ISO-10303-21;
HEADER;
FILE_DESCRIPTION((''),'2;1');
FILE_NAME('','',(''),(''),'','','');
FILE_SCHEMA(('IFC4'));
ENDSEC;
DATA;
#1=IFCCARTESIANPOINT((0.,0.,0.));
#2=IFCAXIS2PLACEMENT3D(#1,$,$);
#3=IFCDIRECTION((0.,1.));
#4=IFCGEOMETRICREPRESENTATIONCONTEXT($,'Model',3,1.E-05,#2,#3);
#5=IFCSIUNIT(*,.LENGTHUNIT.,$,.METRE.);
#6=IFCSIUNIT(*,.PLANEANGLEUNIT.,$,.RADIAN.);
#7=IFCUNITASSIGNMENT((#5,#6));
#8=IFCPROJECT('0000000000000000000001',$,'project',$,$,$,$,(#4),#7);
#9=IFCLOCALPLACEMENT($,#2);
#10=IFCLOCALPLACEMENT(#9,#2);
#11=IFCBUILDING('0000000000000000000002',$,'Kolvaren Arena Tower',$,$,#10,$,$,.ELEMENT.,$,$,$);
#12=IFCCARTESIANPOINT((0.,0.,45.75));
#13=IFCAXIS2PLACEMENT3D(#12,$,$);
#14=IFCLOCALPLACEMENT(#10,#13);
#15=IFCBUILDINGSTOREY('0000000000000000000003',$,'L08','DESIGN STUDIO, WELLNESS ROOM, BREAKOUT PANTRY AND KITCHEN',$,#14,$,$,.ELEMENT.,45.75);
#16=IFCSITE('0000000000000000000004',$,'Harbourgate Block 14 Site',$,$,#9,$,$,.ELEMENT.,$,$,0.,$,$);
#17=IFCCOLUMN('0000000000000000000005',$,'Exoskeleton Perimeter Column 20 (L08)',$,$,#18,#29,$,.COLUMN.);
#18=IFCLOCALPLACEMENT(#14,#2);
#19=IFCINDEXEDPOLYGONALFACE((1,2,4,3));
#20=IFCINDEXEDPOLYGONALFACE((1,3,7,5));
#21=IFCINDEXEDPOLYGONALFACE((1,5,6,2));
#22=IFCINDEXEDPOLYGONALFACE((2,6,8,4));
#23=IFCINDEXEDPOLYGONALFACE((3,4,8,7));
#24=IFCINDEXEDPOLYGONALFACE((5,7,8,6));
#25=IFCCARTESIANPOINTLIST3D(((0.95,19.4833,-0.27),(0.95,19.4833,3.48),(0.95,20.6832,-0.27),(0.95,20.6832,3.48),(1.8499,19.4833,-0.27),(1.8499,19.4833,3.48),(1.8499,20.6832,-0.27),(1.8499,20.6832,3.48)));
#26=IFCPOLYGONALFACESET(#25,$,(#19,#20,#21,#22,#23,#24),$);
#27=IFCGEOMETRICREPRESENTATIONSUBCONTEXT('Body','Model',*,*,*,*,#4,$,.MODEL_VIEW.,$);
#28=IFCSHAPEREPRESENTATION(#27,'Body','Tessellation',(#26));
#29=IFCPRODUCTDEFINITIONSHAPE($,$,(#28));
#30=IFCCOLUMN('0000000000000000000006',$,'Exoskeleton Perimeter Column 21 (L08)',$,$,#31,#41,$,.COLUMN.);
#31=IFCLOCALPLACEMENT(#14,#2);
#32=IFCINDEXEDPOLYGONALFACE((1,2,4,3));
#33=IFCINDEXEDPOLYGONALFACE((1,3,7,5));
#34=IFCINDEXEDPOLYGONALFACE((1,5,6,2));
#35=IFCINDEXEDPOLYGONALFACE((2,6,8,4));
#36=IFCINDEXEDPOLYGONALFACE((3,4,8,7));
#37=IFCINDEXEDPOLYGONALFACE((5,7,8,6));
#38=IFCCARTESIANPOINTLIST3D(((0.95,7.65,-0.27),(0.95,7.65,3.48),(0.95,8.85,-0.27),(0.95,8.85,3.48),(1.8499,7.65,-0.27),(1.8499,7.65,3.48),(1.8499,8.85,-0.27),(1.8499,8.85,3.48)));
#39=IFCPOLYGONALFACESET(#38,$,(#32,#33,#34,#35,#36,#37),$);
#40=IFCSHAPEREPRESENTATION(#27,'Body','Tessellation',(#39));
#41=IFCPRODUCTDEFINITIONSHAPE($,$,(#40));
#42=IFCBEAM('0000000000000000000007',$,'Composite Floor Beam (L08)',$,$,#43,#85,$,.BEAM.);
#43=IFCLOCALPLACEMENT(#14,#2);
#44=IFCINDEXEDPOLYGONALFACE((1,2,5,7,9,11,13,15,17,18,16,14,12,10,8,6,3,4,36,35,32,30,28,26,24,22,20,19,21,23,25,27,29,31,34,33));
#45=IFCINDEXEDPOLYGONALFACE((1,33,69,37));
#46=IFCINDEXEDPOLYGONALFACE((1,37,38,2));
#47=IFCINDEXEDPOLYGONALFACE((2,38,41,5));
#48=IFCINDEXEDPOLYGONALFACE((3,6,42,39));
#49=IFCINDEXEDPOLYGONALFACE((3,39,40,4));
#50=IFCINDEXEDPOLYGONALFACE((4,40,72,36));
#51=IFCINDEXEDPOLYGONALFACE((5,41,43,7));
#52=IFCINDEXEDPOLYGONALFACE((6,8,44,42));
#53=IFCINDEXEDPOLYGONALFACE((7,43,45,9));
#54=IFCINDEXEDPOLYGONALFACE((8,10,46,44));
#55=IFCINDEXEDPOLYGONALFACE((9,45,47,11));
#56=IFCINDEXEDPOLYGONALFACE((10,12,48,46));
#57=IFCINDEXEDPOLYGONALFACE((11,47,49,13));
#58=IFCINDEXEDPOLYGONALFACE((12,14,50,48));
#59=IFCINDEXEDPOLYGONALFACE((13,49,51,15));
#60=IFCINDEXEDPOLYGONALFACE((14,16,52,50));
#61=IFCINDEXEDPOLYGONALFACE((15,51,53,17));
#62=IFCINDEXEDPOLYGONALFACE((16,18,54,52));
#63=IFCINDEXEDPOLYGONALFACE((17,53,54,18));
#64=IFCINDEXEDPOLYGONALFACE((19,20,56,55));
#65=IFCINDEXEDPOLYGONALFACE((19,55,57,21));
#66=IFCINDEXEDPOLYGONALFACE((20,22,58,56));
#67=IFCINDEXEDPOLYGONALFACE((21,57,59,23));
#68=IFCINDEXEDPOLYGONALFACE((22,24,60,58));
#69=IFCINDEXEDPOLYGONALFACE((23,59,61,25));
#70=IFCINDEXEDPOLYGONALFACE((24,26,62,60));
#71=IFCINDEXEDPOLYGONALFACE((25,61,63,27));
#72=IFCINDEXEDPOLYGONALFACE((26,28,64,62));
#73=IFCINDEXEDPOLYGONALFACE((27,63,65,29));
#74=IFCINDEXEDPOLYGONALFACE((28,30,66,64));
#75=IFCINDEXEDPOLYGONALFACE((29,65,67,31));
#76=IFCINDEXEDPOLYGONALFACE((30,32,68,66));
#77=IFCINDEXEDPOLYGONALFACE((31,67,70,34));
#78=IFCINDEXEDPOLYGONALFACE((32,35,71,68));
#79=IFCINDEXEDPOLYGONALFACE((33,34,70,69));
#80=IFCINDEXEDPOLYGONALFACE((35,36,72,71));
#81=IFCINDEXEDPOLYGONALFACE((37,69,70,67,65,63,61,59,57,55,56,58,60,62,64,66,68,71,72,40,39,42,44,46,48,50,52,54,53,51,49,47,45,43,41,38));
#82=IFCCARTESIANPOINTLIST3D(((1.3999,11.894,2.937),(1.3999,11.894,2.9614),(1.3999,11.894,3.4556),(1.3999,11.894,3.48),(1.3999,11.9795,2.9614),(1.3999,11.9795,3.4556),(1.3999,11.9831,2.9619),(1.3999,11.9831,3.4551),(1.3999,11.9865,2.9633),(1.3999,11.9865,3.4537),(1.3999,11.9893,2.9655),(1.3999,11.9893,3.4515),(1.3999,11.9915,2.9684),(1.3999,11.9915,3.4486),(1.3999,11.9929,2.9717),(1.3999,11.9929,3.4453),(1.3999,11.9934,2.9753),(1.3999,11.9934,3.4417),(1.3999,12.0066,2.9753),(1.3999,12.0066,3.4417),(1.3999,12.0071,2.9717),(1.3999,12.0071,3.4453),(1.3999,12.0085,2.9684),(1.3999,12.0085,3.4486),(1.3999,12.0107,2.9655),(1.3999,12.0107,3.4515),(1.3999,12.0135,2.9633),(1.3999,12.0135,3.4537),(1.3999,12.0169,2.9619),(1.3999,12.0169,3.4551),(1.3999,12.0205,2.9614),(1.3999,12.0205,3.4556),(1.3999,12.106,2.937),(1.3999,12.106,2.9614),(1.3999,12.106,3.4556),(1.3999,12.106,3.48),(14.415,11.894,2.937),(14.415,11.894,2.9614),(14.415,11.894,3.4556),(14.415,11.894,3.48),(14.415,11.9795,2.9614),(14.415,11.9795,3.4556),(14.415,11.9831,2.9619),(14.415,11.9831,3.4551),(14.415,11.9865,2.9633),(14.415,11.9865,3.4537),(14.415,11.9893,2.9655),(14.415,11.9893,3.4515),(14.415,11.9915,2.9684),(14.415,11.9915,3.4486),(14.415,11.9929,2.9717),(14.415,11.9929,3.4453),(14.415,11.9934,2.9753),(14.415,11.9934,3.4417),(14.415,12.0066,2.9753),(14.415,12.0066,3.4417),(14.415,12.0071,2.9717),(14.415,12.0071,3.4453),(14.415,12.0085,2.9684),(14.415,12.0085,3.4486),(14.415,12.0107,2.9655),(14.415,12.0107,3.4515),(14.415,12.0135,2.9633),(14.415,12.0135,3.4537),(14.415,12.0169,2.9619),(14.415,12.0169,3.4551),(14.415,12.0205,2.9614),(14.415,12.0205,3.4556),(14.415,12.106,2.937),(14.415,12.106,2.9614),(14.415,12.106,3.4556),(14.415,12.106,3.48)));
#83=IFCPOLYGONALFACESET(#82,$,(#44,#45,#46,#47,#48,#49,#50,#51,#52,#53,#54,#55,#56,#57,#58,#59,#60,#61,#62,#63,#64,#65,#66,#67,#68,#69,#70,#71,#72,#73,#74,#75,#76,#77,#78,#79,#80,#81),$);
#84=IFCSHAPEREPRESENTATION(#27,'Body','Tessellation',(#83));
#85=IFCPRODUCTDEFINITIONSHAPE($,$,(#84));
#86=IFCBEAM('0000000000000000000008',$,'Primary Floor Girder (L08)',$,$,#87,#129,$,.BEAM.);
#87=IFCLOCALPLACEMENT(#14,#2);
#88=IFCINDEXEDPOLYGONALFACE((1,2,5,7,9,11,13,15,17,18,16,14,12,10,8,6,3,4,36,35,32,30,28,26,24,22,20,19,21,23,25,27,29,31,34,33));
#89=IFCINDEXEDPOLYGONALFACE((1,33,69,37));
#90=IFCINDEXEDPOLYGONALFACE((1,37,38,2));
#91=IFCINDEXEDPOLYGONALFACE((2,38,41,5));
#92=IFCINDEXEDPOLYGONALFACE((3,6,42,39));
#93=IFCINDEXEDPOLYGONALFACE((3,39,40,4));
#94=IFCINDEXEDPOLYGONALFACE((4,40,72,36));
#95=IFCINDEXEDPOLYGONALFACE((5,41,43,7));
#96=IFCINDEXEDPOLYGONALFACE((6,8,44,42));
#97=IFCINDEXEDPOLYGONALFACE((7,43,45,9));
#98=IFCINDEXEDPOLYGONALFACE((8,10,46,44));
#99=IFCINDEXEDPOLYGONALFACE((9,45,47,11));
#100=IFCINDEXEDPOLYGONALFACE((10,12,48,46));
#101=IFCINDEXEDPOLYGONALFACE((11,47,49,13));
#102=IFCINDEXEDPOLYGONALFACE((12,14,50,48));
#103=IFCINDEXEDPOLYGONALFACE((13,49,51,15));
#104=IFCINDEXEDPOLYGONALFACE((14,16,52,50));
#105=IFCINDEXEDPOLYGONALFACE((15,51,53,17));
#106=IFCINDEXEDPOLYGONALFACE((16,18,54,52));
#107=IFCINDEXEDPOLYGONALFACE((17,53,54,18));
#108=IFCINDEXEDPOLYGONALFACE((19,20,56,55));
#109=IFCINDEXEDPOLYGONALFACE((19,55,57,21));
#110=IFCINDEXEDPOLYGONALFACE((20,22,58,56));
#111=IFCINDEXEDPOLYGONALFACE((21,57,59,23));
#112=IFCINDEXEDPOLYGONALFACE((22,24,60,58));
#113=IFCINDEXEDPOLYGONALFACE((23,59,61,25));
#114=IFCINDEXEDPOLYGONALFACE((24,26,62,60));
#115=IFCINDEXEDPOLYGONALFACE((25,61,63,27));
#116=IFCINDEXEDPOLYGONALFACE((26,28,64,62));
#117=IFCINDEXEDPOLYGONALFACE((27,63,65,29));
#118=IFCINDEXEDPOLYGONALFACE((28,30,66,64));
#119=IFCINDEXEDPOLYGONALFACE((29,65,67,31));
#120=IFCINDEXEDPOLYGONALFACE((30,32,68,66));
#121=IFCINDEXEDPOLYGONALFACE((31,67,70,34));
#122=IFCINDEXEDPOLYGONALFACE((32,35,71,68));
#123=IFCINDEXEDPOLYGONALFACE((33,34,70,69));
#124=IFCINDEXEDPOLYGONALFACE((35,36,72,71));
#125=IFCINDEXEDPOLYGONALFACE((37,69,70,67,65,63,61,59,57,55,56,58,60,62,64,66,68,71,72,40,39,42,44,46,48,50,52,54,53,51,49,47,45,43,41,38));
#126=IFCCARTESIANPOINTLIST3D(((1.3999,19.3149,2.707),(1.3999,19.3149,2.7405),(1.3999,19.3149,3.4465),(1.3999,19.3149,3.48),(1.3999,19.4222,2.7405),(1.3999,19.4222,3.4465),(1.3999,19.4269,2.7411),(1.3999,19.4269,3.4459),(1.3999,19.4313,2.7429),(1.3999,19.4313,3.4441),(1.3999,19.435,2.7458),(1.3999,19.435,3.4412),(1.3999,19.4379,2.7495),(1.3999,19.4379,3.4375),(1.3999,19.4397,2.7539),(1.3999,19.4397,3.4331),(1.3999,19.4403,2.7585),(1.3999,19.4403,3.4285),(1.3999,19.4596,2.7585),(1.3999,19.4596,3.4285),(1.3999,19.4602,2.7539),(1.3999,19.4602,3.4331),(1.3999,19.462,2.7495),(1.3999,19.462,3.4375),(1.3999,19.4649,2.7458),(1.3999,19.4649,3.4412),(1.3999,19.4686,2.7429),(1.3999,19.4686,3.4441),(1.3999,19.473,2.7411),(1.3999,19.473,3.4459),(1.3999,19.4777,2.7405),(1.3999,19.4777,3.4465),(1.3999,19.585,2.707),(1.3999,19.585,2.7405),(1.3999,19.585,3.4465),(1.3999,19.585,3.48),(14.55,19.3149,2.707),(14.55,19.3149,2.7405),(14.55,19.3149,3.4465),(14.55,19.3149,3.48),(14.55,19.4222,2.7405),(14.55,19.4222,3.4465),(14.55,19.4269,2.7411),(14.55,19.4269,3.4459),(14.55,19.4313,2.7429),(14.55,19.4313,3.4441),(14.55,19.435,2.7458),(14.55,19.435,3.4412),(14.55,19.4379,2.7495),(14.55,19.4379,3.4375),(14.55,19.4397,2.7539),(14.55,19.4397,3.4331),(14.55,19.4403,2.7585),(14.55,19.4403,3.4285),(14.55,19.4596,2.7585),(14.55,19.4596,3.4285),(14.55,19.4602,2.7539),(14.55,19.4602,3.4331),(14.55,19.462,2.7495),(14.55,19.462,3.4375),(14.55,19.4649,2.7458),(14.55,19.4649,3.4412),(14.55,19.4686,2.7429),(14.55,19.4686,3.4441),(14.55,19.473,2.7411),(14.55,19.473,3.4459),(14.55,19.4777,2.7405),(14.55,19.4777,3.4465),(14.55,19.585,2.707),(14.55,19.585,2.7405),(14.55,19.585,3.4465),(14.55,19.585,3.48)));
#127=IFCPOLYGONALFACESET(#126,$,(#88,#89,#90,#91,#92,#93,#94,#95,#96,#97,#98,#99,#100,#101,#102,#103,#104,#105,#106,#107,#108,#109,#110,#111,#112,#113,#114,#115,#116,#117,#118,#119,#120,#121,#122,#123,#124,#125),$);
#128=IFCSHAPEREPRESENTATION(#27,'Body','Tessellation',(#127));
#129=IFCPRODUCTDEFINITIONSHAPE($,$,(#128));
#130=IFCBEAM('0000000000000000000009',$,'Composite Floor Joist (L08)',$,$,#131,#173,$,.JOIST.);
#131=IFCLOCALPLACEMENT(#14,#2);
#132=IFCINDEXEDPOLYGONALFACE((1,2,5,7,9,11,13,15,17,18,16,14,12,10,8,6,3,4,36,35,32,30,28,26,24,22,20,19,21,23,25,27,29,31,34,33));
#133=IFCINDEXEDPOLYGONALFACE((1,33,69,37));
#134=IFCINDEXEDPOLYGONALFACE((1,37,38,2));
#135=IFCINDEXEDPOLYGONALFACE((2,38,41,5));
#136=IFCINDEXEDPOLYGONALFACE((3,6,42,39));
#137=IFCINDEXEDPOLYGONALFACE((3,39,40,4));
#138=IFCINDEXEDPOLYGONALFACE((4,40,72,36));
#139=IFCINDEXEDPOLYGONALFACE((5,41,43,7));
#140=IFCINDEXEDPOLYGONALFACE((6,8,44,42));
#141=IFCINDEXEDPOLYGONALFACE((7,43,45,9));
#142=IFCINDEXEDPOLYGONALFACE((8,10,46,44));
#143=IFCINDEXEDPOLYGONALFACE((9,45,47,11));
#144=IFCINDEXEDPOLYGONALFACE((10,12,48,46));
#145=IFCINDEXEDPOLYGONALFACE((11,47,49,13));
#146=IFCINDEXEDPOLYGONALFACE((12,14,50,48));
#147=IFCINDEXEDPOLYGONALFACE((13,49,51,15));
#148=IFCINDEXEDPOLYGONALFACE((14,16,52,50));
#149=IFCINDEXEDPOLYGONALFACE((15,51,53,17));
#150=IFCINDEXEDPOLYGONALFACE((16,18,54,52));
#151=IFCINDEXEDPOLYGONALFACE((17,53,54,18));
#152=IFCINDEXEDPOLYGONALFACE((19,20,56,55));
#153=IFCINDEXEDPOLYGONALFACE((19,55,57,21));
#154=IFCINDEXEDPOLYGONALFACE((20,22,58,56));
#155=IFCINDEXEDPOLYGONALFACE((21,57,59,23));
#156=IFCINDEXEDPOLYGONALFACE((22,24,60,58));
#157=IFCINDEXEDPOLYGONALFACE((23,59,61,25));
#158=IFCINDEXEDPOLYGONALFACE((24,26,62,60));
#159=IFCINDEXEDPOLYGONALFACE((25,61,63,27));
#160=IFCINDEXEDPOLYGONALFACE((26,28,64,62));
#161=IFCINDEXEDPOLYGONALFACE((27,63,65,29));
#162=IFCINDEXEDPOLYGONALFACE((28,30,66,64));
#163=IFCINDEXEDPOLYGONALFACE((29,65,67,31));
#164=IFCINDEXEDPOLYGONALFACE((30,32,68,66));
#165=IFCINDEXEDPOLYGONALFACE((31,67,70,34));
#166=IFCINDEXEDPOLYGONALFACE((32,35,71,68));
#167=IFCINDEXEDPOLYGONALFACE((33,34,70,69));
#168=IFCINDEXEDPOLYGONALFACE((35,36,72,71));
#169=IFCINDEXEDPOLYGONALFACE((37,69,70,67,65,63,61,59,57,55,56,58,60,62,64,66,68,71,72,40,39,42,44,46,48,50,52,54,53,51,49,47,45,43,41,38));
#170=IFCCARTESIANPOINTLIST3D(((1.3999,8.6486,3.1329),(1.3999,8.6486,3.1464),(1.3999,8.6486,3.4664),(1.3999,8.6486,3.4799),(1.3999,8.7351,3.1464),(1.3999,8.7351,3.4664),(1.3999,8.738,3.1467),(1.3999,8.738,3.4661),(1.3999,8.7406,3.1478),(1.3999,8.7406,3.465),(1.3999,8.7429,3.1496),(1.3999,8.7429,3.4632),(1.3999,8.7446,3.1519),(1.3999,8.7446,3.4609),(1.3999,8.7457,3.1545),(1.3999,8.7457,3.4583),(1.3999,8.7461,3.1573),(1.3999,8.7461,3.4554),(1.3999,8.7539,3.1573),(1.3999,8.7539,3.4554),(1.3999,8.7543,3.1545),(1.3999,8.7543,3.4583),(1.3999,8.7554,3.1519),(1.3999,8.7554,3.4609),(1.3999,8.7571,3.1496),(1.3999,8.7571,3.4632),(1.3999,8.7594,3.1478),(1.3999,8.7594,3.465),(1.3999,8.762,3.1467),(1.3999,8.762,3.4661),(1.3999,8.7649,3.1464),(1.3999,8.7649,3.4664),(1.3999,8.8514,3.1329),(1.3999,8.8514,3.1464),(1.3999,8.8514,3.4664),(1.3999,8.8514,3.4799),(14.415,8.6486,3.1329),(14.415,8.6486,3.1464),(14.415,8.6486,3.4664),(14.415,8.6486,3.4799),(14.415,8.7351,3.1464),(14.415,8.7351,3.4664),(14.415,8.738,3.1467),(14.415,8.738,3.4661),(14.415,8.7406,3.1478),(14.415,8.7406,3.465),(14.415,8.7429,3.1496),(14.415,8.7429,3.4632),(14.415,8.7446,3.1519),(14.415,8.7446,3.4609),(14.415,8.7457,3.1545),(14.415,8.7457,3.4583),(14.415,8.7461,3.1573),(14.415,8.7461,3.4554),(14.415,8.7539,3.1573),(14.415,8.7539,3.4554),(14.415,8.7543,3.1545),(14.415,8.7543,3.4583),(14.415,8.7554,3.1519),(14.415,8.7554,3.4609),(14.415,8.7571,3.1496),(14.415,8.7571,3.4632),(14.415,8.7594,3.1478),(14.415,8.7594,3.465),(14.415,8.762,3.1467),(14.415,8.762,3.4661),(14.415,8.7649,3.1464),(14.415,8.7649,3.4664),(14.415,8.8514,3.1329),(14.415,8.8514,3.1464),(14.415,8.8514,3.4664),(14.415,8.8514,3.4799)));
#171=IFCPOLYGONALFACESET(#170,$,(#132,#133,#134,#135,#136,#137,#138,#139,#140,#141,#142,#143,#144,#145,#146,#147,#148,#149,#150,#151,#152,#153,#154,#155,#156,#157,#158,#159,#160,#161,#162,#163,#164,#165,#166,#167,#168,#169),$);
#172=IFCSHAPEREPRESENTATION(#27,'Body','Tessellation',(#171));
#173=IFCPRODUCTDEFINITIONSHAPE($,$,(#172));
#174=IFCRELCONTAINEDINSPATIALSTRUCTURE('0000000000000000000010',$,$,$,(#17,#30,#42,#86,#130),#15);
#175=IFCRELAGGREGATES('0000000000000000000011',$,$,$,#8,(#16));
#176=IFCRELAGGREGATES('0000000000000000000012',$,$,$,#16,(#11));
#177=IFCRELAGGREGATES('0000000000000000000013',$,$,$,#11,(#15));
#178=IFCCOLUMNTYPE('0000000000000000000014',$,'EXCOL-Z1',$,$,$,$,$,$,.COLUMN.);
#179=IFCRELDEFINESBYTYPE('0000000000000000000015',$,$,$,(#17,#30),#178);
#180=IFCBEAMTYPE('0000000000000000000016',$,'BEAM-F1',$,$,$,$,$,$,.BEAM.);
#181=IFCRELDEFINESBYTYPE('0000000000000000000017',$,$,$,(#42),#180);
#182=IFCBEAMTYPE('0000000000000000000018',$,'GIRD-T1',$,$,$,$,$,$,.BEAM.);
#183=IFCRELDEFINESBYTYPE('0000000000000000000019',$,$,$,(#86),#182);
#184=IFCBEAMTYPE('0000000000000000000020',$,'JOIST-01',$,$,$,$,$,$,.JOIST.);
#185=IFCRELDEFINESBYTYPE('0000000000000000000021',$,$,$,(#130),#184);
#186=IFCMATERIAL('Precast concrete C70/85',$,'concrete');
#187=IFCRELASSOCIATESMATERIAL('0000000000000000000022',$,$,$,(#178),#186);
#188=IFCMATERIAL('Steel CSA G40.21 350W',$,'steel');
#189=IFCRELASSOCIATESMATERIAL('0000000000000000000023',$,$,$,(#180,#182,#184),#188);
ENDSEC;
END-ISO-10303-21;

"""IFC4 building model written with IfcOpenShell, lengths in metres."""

from ifc_helpers import new_model, si_unit, direction, frame, origin, origin_2d, place, context, subcontext, project, spatial, rectangle, i_section, extrude, material, material_profile, profile_set, type_object, element, save


model = new_model("IFC4")

# Units and contexts
model_context = context("Model", 3, precision=1e-05, world=origin(), true_north=direction((0.0, 1.0)))
body_context = subcontext(model_context, "Body", "Model", "MODEL_VIEW")
ifc_project = project(units=[si_unit("LENGTHUNIT", "METRE"), si_unit("PLANEANGLEUNIT", "RADIAN")], contexts=[model_context])

# Site, building, storey
site_placement = place(None, origin())
site = spatial("IfcSite", under=ifc_project, at=site_placement, Name="Harbourgate Block 14 Site", CompositionType="ELEMENT", RefElevation=0.0)
building_placement = place(site_placement, origin())
building = spatial("IfcBuilding", under=site, at=building_placement, Name="Kolvaren Arena Tower", CompositionType="ELEMENT")
storey_placement = place(building_placement, frame((0.0, 0.0, 45.75)))
storey = spatial("IfcBuildingStorey", under=building, at=storey_placement, Name="L08", Description="DESIGN STUDIO, WELLNESS ROOM, BREAKOUT PANTRY AND KITCHEN", CompositionType="ELEMENT", Elevation=45.75)

# Columns
ifc_material_1 = material(Name="Precast concrete C70/85", Category="concrete")
ifc_material_profile_1 = material_profile(ifc_material_1, rectangle(XDim=1.2, YDim=0.8999, at=origin_2d()), Name="RC-1200x900")
ifc_profile_set_1 = profile_set([ifc_material_profile_1], Name="Precast concrete C70/85")
column_type = type_object("IfcColumnType", Name="EXCOL-Z1", PredefinedType="COLUMN", material=ifc_profile_set_1)
for number, where, z_axis, x_axis, name in (
    (1, (1.3999, 20.0833, -0.27), (0.0, 0.0, 1.0), (0.0, 1.0, 0.0), "Exoskeleton Perimeter Column 20 (L08)"),
    (2, (1.3999, 8.25, -0.27), (0.0, 0.0, 1.0), (0.0, 1.0, 0.0), "Exoskeleton Perimeter Column 21 (L08)"),
):
    element("IfcColumn", number, at=place(storey_placement, frame(where, z_axis=z_axis, x_axis=x_axis)), inside=storey, type_object=column_type, Name=name, PredefinedType="COLUMN", context=body_context, shape_type="SweptSolid", body=[
        extrude(rectangle(XDim=1.2, YDim=0.8999, at=origin_2d()), origin(), (0.0, 0.0, 1.0), 3.75),
    ])

# Beams
ifc_material_2 = material(Name="Steel CSA G40.21 350W", Category="steel")
ifc_material_profile_2 = material_profile(ifc_material_2, i_section(OverallWidth=0.2119, OverallDepth=0.543, WebThickness=0.0132, FlangeThickness=0.0244, FilletRadius=0.0139, at=origin_2d()), Name="W530x150")
ifc_profile_set_2 = profile_set([ifc_material_profile_2], Name="Steel CSA G40.21 350W")
beam_type_1 = type_object("IfcBeamType", Name="BEAM-F1", PredefinedType="BEAM", material=ifc_profile_set_2)
beam_1_placement = place(storey_placement, frame((1.3999, 12.0, 3.2085), z_axis=(1.0, 0.0, 0.0), x_axis=(0.0, 1.0, 0.0)))
element("IfcBeam", 3, at=beam_1_placement, inside=storey, type_object=beam_type_1, Name="Composite Floor Beam (L08)", PredefinedType="BEAM", context=body_context, shape_type="SweptSolid", body=[
    extrude(i_section(OverallWidth=0.2119, OverallDepth=0.543, WebThickness=0.0132, FlangeThickness=0.0244, FilletRadius=0.0139, at=origin_2d()), origin(), (0.0, 0.0, 1.0), 13.0151),
])
ifc_material_profile_3 = material_profile(ifc_material_2, i_section(OverallWidth=0.27, OverallDepth=0.7729, WebThickness=0.0193, FlangeThickness=0.0334, FilletRadius=0.0181, at=origin_2d()), Name="W760x257")
ifc_profile_set_3 = profile_set([ifc_material_profile_3], Name="Steel CSA G40.21 350W")
beam_type_2 = type_object("IfcBeamType", Name="GIRD-T1", PredefinedType="BEAM", material=ifc_profile_set_3)
beam_2_placement = place(storey_placement, frame((1.3999, 19.45, 3.0935), z_axis=(1.0, 0.0, 0.0), x_axis=(0.0, 1.0, 0.0)))
element("IfcBeam", 4, at=beam_2_placement, inside=storey, type_object=beam_type_2, Name="Primary Floor Girder (L08)", PredefinedType="BEAM", context=body_context, shape_type="SweptSolid", body=[
    extrude(i_section(OverallWidth=0.27, OverallDepth=0.7729, WebThickness=0.0193, FlangeThickness=0.0334, FilletRadius=0.0181, at=origin_2d()), origin(), (0.0, 0.0, 1.0), 13.1501),
])
ifc_material_profile_4 = material_profile(ifc_material_2, i_section(OverallWidth=0.2029, OverallDepth=0.3469, WebThickness=0.0078, FlangeThickness=0.0134, FilletRadius=0.011, at=origin_2d()), Name="W360x64")
ifc_profile_set_4 = profile_set([ifc_material_profile_4], Name="Steel CSA G40.21 350W")
beam_type_3 = type_object("IfcBeamType", Name="JOIST-01", PredefinedType="JOIST", material=ifc_profile_set_4)
for number, where, z_axis, x_axis, name in (
    (5, (1.3999, 8.75, 3.3064), (1.0, 0.0, 0.0), (0.0, 1.0, 0.0), "Composite Floor Joist (L08)"),
):
    element("IfcBeam", number, at=place(storey_placement, frame(where, z_axis=z_axis, x_axis=x_axis)), inside=storey, type_object=beam_type_3, Name=name, PredefinedType="JOIST", context=body_context, shape_type="SweptSolid", body=[
        extrude(i_section(OverallWidth=0.2029, OverallDepth=0.3469, WebThickness=0.0078, FlangeThickness=0.0134, FilletRadius=0.011, at=origin_2d()), origin(), (0.0, 0.0, 1.0), 13.0151),
    ])

save(model, "model.ifc")
